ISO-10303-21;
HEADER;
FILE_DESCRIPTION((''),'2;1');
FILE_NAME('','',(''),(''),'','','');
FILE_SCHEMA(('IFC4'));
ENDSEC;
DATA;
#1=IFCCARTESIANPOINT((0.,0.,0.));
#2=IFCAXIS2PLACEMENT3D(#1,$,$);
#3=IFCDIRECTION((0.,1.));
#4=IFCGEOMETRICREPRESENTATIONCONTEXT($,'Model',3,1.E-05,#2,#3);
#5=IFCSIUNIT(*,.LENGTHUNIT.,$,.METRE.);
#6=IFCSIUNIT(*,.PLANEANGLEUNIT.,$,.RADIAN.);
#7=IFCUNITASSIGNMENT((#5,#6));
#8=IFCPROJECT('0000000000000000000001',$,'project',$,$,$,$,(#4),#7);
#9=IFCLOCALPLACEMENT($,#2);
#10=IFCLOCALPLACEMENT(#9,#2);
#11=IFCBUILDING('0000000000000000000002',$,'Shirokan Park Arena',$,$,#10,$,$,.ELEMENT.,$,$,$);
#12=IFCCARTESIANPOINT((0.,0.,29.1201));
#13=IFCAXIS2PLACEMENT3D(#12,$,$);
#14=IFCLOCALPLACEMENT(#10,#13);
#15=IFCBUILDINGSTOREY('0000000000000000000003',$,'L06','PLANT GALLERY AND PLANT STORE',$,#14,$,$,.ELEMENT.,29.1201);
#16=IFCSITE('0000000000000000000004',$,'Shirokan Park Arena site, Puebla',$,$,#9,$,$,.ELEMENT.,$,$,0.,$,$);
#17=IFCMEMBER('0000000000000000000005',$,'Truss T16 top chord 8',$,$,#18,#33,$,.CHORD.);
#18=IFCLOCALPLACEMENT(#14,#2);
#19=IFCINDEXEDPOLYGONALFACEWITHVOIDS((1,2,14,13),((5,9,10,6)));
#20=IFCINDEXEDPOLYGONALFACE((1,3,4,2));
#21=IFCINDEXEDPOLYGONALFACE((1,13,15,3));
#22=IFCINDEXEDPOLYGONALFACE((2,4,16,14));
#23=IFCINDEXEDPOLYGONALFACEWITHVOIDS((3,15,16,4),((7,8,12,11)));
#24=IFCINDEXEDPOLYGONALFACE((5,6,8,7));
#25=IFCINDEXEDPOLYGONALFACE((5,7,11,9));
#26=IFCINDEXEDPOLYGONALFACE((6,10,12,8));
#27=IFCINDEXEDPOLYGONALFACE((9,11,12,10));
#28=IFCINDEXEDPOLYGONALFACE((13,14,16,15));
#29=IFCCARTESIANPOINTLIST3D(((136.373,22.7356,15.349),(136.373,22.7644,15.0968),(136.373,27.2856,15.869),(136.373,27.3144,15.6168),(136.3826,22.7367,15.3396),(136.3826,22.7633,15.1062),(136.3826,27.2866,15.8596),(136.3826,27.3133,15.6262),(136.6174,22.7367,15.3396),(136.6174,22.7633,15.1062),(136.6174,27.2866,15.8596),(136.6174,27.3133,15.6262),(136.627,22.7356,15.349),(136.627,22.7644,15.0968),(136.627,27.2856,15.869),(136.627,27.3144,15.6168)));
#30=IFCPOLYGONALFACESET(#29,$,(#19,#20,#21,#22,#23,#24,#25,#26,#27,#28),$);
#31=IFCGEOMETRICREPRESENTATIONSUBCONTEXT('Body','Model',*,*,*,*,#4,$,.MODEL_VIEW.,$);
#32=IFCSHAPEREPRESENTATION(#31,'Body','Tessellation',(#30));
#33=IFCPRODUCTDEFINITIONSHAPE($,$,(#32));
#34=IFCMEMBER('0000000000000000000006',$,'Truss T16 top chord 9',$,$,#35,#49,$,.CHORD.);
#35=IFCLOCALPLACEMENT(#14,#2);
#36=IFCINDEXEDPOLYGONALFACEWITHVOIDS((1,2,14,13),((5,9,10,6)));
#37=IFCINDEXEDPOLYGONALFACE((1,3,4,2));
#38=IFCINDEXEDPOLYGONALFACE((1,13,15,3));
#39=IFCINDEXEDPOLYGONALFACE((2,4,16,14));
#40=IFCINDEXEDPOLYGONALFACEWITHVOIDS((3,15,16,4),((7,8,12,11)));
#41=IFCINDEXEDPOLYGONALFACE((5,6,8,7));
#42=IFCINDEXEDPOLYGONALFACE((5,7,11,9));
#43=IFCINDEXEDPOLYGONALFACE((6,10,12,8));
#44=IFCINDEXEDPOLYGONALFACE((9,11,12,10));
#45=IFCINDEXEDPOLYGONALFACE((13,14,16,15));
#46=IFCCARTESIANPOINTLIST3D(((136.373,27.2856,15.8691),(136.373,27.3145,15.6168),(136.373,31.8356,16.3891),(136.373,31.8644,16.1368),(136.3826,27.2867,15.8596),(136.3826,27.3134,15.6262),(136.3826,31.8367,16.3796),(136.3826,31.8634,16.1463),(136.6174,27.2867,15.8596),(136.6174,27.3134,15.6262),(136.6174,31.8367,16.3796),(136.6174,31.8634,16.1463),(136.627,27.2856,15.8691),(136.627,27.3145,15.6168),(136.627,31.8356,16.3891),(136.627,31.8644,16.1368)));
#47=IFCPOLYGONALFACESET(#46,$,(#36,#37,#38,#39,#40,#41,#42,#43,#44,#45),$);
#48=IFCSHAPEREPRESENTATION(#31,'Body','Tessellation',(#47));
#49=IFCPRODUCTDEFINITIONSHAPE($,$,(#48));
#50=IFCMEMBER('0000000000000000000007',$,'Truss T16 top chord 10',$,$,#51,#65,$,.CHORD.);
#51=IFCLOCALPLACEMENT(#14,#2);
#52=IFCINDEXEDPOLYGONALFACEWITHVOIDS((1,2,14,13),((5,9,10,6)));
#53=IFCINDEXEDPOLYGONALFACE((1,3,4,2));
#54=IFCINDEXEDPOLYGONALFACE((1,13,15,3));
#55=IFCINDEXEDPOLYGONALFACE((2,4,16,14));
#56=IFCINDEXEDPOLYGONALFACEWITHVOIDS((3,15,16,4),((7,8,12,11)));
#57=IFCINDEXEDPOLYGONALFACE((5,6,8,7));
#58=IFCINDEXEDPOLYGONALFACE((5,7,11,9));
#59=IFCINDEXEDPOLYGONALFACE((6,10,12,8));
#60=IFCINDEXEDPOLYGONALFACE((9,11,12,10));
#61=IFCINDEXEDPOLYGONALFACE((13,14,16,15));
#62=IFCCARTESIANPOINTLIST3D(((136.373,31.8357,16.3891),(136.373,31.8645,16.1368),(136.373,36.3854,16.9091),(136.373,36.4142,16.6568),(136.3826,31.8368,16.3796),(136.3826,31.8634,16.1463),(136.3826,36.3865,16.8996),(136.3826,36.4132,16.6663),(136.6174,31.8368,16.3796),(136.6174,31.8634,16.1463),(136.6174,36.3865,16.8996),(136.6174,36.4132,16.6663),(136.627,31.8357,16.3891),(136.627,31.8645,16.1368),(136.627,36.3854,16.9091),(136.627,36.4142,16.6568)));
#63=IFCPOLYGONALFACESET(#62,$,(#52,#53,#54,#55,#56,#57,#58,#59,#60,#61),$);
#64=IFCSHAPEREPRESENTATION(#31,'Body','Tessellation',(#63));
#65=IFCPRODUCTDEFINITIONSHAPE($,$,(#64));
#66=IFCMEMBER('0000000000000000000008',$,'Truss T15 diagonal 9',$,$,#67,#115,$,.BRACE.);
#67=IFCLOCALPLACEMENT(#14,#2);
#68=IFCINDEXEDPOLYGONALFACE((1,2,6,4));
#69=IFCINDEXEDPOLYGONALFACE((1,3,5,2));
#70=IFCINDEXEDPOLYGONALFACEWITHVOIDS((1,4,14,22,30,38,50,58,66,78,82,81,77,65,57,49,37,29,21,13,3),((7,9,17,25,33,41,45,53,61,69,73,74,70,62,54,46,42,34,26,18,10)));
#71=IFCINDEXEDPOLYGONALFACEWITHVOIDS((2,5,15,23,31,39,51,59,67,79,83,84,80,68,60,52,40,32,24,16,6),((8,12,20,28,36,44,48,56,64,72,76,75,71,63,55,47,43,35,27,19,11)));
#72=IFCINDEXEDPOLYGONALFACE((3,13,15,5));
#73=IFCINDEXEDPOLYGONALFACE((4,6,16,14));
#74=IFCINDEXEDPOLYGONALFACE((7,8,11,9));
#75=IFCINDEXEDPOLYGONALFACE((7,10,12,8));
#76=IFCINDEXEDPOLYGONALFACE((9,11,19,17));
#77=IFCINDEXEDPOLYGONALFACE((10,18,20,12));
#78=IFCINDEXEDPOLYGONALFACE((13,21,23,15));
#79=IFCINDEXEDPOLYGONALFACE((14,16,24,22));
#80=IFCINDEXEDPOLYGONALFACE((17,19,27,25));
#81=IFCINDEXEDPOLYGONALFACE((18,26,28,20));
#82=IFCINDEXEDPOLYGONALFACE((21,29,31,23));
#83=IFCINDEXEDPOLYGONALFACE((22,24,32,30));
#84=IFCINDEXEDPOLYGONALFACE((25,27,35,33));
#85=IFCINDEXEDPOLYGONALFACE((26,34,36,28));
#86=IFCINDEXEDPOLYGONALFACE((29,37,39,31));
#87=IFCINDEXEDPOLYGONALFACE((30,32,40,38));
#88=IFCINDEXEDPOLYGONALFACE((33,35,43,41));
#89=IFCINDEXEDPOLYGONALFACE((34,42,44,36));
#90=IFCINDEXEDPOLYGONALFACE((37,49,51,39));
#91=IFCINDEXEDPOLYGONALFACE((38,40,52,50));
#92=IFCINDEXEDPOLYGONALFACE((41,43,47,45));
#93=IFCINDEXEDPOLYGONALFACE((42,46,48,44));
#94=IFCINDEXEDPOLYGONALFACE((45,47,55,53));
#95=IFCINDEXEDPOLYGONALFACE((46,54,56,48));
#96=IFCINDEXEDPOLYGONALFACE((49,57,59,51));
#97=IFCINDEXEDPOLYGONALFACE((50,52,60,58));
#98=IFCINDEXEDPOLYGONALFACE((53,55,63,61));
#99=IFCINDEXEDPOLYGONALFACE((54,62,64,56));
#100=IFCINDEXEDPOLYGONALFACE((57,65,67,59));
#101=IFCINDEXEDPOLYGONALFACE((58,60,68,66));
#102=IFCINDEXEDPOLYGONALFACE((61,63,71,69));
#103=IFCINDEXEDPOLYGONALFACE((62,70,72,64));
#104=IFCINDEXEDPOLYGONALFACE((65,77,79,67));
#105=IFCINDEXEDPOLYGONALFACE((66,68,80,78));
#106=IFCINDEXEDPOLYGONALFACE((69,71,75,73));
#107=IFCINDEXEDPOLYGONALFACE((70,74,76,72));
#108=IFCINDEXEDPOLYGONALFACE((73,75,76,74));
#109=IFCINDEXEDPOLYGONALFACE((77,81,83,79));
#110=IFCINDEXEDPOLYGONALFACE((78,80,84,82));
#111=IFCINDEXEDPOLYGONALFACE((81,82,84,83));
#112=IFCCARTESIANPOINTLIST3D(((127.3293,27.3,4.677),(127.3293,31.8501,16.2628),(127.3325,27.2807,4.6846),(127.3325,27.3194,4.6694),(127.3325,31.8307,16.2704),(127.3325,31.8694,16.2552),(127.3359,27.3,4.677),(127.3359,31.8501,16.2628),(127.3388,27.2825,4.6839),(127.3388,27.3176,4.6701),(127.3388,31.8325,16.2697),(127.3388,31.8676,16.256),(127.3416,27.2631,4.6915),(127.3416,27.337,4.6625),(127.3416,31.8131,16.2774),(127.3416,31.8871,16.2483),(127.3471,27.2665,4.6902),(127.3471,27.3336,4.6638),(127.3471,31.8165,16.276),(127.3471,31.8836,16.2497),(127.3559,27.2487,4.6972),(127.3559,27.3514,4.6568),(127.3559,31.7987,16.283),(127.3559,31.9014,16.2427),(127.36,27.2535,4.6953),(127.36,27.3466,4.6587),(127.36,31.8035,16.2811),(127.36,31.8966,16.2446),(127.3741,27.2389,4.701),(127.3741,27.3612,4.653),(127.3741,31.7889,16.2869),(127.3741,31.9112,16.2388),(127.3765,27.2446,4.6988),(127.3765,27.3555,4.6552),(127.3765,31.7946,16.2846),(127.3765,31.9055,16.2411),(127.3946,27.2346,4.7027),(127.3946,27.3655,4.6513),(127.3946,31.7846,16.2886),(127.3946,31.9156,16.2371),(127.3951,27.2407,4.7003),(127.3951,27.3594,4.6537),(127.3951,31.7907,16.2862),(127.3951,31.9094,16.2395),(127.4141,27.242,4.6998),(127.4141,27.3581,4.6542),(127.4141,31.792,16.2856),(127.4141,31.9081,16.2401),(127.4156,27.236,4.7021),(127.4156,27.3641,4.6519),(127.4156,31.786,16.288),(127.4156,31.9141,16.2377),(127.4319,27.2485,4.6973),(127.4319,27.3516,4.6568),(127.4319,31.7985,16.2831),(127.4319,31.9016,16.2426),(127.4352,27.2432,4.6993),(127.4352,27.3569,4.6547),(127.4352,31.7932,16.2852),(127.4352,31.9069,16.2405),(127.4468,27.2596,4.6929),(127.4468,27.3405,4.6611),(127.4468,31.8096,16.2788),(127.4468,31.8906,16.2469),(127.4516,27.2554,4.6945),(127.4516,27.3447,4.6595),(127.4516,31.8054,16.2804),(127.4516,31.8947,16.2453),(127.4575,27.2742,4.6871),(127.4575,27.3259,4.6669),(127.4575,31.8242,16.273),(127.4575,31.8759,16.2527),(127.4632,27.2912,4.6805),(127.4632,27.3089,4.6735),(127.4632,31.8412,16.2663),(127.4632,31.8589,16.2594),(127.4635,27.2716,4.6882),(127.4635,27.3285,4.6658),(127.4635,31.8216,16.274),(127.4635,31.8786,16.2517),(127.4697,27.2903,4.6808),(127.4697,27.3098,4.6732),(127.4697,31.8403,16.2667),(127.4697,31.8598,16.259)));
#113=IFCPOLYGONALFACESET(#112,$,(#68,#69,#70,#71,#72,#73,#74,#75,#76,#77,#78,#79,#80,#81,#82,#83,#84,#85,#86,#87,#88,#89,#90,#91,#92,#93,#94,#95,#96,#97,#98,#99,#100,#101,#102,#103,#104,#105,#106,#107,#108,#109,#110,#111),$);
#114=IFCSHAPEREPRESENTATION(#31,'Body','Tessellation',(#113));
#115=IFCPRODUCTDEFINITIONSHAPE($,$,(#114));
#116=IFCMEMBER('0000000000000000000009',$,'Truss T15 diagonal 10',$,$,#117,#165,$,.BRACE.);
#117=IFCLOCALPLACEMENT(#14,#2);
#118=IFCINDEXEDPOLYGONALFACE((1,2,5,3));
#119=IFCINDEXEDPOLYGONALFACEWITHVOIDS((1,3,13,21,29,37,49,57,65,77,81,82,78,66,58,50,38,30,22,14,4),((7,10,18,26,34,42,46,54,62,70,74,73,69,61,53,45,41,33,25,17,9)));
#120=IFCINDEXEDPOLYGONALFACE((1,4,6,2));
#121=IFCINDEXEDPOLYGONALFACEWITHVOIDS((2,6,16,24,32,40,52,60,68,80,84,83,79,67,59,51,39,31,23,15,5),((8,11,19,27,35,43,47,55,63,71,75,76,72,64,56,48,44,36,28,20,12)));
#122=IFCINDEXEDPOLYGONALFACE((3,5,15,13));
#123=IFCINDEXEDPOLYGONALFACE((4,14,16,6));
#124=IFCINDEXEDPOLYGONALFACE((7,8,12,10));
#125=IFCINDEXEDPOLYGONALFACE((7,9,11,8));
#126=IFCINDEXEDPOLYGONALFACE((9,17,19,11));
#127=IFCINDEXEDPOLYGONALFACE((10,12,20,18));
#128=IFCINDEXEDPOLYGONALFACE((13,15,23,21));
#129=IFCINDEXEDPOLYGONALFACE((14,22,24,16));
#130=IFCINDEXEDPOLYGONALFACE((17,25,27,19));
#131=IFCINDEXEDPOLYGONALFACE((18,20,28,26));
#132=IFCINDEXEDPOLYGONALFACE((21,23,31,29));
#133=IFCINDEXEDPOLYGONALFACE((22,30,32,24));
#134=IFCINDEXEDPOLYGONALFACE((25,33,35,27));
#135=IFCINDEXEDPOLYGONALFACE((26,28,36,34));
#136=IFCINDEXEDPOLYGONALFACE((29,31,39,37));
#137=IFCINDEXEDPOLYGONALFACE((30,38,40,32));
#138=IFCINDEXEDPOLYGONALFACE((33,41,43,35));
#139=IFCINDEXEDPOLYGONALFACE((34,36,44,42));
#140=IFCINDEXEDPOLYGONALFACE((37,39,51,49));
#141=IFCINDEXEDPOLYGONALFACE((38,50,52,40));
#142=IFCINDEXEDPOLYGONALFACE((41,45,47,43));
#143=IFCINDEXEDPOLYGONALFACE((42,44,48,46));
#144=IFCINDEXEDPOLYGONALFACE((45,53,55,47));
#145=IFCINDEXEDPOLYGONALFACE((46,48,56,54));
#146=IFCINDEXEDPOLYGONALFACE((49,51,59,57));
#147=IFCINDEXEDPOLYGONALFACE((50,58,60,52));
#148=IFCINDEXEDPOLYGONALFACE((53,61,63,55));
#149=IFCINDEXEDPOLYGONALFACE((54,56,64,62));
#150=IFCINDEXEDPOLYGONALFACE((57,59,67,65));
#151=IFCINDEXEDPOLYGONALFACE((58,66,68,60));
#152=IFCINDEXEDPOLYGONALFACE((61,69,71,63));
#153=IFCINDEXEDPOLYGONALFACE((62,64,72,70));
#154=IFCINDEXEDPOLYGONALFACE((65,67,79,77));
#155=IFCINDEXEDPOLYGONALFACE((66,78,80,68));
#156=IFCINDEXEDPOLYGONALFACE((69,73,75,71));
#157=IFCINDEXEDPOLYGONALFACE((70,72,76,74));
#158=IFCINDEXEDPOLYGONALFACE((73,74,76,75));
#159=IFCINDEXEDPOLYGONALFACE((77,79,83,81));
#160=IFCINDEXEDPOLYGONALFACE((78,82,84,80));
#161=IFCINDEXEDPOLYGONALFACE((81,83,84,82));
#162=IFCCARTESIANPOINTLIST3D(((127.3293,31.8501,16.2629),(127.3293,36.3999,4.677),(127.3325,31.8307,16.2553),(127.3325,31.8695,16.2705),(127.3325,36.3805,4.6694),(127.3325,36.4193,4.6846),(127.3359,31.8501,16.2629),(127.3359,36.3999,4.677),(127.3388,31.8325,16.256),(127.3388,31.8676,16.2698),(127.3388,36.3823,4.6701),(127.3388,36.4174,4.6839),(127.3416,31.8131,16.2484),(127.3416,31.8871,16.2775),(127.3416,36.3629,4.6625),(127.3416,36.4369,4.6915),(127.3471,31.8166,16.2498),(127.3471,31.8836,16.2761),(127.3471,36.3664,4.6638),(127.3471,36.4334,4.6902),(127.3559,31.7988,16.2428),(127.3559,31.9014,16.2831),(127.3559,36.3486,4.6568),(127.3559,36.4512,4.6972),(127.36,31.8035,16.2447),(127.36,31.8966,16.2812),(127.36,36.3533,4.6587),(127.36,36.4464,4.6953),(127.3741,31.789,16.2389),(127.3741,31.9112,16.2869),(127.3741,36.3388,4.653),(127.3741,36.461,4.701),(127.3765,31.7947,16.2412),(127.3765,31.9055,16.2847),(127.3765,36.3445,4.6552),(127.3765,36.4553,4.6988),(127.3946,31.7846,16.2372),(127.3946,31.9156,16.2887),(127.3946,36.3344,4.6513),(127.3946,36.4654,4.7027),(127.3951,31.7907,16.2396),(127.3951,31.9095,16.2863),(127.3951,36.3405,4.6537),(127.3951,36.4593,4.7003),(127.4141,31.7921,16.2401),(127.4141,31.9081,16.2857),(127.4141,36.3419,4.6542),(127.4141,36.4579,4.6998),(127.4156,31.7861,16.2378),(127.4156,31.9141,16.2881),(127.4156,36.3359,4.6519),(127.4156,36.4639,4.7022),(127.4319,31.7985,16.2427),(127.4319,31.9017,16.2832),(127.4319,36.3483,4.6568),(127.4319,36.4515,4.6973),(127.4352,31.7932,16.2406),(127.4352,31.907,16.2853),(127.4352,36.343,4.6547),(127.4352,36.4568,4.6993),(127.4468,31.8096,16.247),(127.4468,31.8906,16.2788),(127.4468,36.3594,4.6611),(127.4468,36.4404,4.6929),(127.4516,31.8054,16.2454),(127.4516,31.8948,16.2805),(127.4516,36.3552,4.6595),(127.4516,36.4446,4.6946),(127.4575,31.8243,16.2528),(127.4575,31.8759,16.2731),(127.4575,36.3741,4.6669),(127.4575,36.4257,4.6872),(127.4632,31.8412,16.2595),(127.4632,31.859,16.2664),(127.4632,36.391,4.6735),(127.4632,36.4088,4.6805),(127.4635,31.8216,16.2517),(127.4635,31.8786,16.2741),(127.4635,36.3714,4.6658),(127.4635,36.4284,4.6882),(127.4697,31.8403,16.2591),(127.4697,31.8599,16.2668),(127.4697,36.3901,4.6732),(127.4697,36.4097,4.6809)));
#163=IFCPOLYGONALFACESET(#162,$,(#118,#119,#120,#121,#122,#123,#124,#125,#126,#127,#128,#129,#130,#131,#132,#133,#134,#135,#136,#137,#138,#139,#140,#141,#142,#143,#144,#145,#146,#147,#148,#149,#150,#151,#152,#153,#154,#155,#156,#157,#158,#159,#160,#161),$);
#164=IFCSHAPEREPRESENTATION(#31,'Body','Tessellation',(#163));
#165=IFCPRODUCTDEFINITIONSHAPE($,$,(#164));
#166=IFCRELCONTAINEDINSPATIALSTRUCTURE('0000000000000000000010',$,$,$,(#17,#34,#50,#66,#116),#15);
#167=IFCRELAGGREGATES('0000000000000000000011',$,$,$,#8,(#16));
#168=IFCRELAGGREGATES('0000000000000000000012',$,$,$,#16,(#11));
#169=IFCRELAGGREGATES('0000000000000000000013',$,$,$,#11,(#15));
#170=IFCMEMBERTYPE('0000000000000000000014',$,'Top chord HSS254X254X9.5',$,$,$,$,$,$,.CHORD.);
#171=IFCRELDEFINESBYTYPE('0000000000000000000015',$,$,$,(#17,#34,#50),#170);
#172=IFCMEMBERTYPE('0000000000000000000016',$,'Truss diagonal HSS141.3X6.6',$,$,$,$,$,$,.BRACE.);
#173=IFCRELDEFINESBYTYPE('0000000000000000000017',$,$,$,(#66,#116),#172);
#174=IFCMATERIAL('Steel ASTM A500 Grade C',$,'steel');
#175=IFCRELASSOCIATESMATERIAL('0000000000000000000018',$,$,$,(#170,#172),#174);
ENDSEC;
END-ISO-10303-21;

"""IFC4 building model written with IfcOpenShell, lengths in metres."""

from ifc_helpers import new_model, si_unit, direction, frame, origin, origin_2d, place, context, subcontext, project, spatial, hollow_rectangle, hollow_circle, extrude, material, material_profile, profile_set, type_object, element, save


model = new_model("IFC4")

# Units and contexts
model_context = context("Model", 3, precision=1e-05, world=origin(), true_north=direction((0.0, 1.0)))
body_context = subcontext(model_context, "Body", "Model", "MODEL_VIEW")
ifc_project = project(units=[si_unit("LENGTHUNIT", "METRE"), si_unit("PLANEANGLEUNIT", "RADIAN")], contexts=[model_context])

# Site, building, storey
site_placement = place(None, origin())
site = spatial("IfcSite", under=ifc_project, at=site_placement, Name="Shirokan Park Arena site, Puebla", CompositionType="ELEMENT", RefElevation=0.0)
building_placement = place(site_placement, origin())
building = spatial("IfcBuilding", under=site, at=building_placement, Name="Shirokan Park Arena", CompositionType="ELEMENT")
storey_placement = place(building_placement, frame((0.0, 0.0, 29.1201)))
storey = spatial("IfcBuildingStorey", under=building, at=storey_placement, Name="L06", Description="PLANT GALLERY AND PLANT STORE", CompositionType="ELEMENT", Elevation=29.1201)

# Shared definitions
ifc_material_1 = material(Name="Steel ASTM A500 Grade C", Category="steel")

# Members
ifc_material_profile_1 = material_profile(ifc_material_1, hollow_rectangle(XDim=0.2539, YDim=0.2539, WallThickness=0.0095, at=origin_2d()), Name="HSS254X254X9.5")
ifc_profile_set_1 = profile_set([ifc_material_profile_1], Name="Steel ASTM A500 Grade C")
member_type_1 = type_object("IfcMemberType", Name="Top chord HSS254X254X9.5", PredefinedType="CHORD", material=ifc_profile_set_1)
for number, where, z_axis, x_axis, name in (
    (1, (136.5, 22.75, 15.2229), (0.0, 0.993532, 0.11355), (-1.0, 0.0, 0.0), "Truss T16 top chord 8"),
    (2, (136.5, 27.3, 15.7429), (0.0, 0.993532, 0.11355), (-1.0, 0.0, 0.0), "Truss T16 top chord 9"),
):
    element("IfcMember", number, at=place(storey_placement, frame(where, z_axis=z_axis, x_axis=x_axis)), inside=storey, type_object=member_type_1, Name=name, PredefinedType="CHORD", context=body_context, shape_type="SweptSolid", body=[
        extrude(hollow_rectangle(XDim=0.2539, YDim=0.2539, WallThickness=0.0095, at=origin_2d()), origin(), (0.0, 0.0, 1.0), 4.5796),
    ])
member_1_placement = place(storey_placement, frame((136.5, 31.8501, 16.2629), z_axis=(0.0, 0.993532, 0.113556), x_axis=(-1.0, 0.0, 0.0)))
element("IfcMember", 3, at=member_1_placement, inside=storey, type_object=member_type_1, Name="Truss T16 top chord 10", PredefinedType="CHORD", context=body_context, shape_type="SweptSolid", body=[
    extrude(hollow_rectangle(XDim=0.2539, YDim=0.2539, WallThickness=0.0095, at=origin_2d()), origin(), (0.0, 0.0, 1.0), 4.5793),
])
ifc_material_profile_2 = material_profile(ifc_material_1, hollow_circle(Radius=0.0706, WallThickness=0.0066, at=origin_2d()), Name="HSS141.3X6.6")
ifc_profile_set_2 = profile_set([ifc_material_profile_2], Name="Steel ASTM A500 Grade C")
member_type_2 = type_object("IfcMemberType", Name="Truss diagonal HSS141.3X6.6", PredefinedType="BRACE", material=ifc_profile_set_2)
for number, where, z_axis, x_axis, name in (
    (4, (127.3999, 27.3, 4.677), (0.0, 0.365543, 0.930794), (-1.0, 0.0, 0.0), "Truss T15 diagonal 9"),
    (5, (127.3999, 31.8501, 16.2629), (0.0, 0.365526, -0.930801), (-1.0, 0.0, 0.0), "Truss T15 diagonal 10"),
):
    element("IfcMember", number, at=place(storey_placement, frame(where, z_axis=z_axis, x_axis=x_axis)), inside=storey, type_object=member_type_2, Name=name, PredefinedType="BRACE", context=body_context, shape_type="SweptSolid", body=[
        extrude(hollow_circle(Radius=0.0706, WallThickness=0.0066, at=origin_2d()), origin(), (0.0, 0.0, 1.0), 12.4473),
    ])

save(model, "model.ifc")
